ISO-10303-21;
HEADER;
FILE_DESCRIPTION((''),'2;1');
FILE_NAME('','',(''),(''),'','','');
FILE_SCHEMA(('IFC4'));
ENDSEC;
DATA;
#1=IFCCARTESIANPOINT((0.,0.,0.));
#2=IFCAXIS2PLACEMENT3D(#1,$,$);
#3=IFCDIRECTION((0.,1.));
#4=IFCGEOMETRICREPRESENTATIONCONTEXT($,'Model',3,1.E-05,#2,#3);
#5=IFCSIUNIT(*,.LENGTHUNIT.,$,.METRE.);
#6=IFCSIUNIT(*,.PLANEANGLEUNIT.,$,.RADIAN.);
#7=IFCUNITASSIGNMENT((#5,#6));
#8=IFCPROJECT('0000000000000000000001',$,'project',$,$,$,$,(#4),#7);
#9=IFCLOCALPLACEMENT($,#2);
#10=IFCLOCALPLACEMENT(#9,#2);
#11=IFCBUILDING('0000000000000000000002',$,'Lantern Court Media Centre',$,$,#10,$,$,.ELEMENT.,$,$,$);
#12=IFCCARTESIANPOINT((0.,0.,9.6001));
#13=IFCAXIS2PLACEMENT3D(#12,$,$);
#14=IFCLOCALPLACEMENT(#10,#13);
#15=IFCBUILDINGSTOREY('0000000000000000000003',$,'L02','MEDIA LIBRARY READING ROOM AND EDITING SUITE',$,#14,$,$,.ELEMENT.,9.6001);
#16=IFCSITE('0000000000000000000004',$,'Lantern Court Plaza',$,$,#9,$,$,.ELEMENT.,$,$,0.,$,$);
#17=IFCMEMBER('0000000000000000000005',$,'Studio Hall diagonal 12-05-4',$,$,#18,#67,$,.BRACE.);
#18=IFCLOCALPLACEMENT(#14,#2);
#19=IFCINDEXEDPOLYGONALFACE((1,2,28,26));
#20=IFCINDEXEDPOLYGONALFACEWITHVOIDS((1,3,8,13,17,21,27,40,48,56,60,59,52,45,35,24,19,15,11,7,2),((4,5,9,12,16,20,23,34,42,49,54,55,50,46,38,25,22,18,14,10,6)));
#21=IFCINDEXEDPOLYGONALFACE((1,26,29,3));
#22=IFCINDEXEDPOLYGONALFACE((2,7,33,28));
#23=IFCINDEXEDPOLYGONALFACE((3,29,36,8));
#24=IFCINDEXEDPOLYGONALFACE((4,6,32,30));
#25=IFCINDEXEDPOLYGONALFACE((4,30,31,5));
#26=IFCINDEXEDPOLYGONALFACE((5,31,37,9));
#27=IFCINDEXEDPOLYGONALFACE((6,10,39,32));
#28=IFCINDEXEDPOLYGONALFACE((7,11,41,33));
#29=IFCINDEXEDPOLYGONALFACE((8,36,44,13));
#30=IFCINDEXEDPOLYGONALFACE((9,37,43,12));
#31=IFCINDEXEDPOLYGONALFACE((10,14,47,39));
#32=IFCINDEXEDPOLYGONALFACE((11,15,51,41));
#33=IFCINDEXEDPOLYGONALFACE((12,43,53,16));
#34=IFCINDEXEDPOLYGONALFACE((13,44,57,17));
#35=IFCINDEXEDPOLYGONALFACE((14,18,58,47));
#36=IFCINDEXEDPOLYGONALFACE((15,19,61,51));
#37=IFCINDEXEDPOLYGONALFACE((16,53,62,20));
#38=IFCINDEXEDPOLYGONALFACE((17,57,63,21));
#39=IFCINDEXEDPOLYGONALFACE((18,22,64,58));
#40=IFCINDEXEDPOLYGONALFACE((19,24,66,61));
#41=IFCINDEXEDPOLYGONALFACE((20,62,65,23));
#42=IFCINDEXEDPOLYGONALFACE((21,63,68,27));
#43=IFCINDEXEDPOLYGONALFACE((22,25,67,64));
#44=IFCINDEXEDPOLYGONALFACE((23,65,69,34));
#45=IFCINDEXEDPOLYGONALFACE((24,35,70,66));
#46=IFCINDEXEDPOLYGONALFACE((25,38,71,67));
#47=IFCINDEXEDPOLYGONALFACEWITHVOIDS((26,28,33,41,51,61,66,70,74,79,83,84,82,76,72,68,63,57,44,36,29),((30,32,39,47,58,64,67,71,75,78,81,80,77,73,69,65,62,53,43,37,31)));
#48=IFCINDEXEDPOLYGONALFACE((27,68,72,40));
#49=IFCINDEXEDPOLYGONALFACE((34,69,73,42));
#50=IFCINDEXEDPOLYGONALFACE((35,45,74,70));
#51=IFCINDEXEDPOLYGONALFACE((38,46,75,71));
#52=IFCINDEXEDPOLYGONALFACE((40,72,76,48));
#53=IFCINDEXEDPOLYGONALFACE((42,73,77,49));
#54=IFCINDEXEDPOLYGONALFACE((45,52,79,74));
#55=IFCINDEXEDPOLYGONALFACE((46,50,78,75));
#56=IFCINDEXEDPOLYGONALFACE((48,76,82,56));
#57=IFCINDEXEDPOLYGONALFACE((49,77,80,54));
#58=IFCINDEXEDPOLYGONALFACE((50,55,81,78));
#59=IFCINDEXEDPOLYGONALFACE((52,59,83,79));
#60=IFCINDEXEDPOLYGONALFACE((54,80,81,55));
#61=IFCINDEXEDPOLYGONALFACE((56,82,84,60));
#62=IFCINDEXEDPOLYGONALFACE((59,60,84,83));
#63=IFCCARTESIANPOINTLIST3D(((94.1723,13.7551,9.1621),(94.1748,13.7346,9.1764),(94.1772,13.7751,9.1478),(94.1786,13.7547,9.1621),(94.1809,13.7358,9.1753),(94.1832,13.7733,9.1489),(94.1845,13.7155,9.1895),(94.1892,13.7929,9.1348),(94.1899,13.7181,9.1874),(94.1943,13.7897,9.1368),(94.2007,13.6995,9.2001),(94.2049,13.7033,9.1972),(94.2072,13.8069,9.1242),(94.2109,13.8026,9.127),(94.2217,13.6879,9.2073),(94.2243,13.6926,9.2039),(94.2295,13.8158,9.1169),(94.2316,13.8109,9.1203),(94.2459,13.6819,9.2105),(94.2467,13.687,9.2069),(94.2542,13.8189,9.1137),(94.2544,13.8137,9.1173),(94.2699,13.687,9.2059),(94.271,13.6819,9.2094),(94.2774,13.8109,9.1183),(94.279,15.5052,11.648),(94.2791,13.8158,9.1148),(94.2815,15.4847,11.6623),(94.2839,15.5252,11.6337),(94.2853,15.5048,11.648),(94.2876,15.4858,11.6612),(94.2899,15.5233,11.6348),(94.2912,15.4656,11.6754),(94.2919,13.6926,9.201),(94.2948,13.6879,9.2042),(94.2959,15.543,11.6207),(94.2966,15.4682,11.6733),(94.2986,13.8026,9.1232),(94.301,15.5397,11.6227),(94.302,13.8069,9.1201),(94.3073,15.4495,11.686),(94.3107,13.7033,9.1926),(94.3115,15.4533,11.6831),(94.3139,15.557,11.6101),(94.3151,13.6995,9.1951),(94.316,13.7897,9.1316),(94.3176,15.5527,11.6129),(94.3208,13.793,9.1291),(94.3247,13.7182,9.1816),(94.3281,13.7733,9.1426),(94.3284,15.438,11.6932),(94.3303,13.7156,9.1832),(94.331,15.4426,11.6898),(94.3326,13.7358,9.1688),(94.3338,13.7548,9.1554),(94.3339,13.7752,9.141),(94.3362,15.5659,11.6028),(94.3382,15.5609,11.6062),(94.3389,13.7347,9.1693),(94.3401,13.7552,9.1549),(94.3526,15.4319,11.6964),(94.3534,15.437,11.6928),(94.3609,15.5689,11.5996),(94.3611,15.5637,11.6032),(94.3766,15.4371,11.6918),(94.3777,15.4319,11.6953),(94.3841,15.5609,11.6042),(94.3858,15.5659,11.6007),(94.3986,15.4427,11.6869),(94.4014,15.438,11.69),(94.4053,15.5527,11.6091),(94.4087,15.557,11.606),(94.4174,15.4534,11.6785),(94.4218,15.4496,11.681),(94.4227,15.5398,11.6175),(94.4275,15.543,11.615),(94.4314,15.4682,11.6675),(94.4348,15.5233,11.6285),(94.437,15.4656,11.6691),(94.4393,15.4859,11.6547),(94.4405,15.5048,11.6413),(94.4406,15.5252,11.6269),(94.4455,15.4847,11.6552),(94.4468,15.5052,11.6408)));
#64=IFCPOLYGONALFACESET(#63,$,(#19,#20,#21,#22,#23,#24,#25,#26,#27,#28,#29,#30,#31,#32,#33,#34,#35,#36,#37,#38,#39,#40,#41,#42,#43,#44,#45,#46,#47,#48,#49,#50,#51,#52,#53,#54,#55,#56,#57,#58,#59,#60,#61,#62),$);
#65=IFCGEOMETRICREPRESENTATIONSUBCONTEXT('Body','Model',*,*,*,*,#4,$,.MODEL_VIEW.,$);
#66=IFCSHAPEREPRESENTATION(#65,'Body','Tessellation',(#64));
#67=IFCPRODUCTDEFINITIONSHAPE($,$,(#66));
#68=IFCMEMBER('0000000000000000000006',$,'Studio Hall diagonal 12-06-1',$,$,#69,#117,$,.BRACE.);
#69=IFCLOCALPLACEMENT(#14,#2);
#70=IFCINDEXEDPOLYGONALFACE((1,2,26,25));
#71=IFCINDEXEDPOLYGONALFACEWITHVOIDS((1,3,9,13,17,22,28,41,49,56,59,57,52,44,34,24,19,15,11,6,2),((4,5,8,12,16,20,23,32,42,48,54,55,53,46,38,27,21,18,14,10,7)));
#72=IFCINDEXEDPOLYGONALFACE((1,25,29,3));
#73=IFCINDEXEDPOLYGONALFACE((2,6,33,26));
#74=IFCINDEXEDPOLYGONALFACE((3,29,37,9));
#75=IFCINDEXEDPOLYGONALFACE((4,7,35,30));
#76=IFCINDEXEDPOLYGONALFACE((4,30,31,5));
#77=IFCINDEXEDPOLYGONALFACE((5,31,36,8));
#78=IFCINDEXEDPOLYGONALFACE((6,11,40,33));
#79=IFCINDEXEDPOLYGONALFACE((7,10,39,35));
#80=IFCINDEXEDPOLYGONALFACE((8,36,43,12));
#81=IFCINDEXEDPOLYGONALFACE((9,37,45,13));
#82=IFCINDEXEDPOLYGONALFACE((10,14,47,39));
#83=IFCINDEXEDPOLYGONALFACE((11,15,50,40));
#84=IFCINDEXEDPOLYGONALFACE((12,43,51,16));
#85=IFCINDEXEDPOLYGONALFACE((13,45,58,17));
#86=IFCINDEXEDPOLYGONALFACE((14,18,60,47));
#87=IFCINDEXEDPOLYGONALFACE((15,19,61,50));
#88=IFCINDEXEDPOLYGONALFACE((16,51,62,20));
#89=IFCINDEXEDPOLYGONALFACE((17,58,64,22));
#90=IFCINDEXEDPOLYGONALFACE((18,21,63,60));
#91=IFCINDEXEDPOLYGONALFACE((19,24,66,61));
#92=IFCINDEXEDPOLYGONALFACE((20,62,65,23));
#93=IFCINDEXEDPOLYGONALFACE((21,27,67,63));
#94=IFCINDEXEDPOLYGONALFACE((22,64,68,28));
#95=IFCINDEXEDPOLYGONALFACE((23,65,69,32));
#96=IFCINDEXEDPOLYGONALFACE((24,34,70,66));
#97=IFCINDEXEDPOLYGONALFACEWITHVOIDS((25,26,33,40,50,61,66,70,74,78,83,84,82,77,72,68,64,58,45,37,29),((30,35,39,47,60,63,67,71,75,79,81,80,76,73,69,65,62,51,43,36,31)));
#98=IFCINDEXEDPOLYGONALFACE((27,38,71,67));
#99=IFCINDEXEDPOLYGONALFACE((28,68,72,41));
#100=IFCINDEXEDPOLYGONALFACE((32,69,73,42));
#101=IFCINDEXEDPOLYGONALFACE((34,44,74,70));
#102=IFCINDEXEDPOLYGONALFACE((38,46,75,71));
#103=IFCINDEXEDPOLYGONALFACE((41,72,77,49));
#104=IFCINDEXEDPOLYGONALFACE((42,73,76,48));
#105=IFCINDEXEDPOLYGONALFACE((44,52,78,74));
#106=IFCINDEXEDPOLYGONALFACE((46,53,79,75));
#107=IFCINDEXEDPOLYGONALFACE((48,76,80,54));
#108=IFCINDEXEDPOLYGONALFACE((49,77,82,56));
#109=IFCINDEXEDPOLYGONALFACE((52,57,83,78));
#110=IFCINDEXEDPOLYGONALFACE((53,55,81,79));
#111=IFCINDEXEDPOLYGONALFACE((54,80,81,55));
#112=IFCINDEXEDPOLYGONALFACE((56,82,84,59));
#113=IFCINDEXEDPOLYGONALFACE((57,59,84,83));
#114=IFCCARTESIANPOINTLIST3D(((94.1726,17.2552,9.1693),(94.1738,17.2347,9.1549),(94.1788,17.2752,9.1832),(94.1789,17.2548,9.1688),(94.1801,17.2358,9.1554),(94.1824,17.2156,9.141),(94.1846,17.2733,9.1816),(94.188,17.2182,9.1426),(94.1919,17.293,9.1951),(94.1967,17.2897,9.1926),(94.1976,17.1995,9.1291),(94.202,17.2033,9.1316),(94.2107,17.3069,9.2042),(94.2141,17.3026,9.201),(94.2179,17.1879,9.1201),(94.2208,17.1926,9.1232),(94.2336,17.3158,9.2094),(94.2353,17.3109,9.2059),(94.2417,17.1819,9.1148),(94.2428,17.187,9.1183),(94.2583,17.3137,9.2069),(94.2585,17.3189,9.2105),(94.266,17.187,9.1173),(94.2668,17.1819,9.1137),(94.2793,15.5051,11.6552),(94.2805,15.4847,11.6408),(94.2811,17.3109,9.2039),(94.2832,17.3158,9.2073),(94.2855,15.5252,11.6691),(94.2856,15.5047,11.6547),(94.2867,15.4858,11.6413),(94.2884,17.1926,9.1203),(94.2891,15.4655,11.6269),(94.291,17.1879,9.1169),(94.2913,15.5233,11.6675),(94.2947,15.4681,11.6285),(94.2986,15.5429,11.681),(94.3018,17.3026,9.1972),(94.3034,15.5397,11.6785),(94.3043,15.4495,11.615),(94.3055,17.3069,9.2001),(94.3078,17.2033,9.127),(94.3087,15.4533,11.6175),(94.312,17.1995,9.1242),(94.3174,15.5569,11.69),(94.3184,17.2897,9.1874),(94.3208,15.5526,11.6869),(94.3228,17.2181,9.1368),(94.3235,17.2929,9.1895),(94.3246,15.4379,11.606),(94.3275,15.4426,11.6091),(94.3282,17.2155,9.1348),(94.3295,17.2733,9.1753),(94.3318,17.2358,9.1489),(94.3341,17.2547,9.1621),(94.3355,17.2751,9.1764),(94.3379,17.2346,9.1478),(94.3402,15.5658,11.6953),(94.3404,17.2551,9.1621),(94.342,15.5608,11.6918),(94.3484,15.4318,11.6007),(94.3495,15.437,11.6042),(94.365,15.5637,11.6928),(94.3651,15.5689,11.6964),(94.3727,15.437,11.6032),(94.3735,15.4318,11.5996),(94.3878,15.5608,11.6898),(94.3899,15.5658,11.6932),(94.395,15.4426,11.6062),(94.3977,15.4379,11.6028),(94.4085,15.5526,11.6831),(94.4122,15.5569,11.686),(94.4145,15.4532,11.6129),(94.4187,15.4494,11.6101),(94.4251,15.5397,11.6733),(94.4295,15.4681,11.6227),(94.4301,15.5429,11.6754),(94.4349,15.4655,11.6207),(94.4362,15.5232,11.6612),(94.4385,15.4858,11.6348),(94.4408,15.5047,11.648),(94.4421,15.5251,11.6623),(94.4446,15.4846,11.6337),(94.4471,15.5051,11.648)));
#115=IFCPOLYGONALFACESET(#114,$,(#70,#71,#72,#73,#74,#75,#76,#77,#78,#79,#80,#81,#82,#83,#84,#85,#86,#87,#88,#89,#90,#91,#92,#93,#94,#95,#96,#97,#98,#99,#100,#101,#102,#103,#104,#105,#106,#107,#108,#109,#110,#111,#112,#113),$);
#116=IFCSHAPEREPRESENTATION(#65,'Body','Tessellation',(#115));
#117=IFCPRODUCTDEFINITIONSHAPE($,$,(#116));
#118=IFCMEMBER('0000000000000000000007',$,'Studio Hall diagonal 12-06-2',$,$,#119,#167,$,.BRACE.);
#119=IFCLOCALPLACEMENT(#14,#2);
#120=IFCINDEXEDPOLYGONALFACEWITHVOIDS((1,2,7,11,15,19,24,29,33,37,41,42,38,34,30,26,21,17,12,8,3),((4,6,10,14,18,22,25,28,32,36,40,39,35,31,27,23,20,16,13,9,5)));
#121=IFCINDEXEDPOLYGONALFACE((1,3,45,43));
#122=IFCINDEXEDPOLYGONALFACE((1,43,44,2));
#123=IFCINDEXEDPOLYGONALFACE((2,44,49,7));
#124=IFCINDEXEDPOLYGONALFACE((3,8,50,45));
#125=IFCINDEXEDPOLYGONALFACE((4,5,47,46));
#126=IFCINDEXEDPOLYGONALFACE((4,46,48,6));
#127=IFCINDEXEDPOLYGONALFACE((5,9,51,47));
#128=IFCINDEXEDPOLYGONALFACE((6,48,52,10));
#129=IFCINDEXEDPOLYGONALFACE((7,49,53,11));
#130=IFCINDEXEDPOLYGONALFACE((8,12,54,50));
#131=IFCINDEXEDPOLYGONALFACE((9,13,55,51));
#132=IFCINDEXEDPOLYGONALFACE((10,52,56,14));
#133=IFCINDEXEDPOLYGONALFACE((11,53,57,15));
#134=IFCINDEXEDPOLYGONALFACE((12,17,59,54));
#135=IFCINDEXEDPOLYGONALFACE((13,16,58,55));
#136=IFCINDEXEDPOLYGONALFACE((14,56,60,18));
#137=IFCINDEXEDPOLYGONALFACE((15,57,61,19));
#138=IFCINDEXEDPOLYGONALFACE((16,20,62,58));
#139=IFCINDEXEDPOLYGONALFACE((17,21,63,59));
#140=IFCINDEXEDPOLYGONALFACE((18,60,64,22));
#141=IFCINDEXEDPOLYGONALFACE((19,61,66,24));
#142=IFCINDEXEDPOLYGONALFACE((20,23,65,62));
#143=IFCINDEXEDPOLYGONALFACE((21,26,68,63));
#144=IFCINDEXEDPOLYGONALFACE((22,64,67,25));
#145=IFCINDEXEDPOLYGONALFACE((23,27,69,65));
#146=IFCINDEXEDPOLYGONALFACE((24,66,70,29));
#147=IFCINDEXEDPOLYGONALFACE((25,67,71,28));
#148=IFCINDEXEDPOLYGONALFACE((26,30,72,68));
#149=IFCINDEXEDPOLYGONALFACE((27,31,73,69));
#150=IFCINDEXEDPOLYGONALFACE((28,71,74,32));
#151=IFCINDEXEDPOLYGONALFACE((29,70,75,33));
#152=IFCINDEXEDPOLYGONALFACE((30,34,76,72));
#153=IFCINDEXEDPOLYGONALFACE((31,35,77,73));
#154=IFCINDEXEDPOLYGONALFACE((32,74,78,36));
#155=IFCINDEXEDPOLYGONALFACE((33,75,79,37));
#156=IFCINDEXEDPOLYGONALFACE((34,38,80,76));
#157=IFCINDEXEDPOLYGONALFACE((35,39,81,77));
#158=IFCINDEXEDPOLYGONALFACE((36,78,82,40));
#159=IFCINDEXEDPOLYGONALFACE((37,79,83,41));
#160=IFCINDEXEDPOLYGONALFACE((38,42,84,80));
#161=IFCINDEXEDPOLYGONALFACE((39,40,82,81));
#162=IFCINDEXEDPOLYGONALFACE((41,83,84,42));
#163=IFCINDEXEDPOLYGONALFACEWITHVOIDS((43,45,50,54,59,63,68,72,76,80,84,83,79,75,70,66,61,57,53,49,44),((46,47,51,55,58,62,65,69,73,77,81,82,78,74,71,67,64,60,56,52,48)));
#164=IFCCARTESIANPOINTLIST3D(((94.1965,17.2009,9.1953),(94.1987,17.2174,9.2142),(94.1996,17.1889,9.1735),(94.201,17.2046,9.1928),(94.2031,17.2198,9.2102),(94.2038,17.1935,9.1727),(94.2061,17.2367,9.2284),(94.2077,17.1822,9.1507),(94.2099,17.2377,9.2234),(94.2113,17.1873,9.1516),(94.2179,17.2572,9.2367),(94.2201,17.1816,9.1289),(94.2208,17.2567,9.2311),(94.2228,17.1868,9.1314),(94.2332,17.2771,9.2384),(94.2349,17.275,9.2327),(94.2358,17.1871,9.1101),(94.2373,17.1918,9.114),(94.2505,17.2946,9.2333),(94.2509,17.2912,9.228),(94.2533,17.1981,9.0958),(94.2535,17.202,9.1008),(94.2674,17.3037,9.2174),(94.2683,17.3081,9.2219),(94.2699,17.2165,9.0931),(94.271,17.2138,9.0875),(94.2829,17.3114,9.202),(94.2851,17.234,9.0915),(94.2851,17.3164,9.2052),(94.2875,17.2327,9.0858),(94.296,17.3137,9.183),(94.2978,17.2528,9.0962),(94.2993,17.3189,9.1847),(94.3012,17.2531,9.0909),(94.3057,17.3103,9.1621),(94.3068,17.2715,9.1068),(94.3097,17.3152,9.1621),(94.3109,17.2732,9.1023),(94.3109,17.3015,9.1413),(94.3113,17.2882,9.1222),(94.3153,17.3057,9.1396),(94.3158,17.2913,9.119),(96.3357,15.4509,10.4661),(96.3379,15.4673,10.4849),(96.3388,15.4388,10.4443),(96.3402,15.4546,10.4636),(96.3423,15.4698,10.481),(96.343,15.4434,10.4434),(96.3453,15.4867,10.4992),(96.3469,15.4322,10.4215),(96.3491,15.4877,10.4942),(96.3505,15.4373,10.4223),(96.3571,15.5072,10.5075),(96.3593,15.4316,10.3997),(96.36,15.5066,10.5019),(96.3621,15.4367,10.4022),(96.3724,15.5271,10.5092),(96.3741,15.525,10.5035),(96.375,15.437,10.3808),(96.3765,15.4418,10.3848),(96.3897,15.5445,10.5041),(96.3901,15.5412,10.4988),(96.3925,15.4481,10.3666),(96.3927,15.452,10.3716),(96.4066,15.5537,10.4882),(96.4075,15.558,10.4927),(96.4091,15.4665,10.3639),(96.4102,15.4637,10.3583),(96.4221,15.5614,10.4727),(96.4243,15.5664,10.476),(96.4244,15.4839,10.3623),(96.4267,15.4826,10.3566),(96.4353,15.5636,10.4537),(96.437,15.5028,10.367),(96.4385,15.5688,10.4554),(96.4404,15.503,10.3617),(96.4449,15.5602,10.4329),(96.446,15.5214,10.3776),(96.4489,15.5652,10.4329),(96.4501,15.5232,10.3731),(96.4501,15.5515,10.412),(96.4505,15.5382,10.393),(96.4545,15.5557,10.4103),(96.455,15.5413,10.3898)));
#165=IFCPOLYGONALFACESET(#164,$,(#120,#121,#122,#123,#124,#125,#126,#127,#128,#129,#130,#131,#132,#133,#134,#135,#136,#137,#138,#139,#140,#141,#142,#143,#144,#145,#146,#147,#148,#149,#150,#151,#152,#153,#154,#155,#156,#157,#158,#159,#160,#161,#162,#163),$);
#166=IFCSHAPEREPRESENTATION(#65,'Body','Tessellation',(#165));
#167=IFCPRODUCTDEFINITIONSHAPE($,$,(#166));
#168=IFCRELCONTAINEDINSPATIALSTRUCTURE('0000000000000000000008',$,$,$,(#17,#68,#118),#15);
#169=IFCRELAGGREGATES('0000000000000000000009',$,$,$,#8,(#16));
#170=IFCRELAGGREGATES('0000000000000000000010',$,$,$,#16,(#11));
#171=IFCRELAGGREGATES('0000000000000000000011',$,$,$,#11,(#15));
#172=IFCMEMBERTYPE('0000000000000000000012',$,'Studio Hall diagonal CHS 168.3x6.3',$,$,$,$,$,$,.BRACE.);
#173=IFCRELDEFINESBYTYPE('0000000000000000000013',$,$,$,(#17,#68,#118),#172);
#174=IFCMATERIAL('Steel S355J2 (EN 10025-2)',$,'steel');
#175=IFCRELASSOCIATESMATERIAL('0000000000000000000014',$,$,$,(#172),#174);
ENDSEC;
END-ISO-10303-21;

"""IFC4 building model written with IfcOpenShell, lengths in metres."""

from ifc_helpers import new_model, si_unit, direction, frame, origin, origin_2d, place, context, subcontext, project, spatial, hollow_circle, extrude, material, material_profile, profile_set, type_object, element, save


model = new_model("IFC4")

# Units and contexts
model_context = context("Model", 3, precision=1e-05, world=origin(), true_north=direction((0.0, 1.0)))
body_context = subcontext(model_context, "Body", "Model", "MODEL_VIEW")
ifc_project = project(units=[si_unit("LENGTHUNIT", "METRE"), si_unit("PLANEANGLEUNIT", "RADIAN")], contexts=[model_context])

# Site, building, storey
site_placement = place(None, origin())
site = spatial("IfcSite", under=ifc_project, at=site_placement, Name="Lantern Court Plaza", CompositionType="ELEMENT", RefElevation=0.0)
building_placement = place(site_placement, origin())
building = spatial("IfcBuilding", under=site, at=building_placement, Name="Lantern Court Media Centre", CompositionType="ELEMENT")
storey_placement = place(building_placement, frame((0.0, 0.0, 9.6001)))
storey = spatial("IfcBuildingStorey", under=building, at=storey_placement, Name="L02", Description="MEDIA LIBRARY READING ROOM AND EDITING SUITE", CompositionType="ELEMENT", Elevation=9.6001)

# Members
ifc_material_1 = material(Name="Steel S355J2 (EN 10025-2)", Category="steel")
ifc_material_profile_1 = material_profile(ifc_material_1, hollow_circle(Radius=0.0842, WallThickness=0.0063, at=origin_2d()), Name="Studio Hall diagonal CHS 168.3x6.3")
ifc_profile_set_1 = profile_set([ifc_material_profile_1], Name="Steel S355J2 (EN 10025-2)")
member_type_1 = type_object("IfcMemberType", Name="Studio Hall diagonal CHS 168.3x6.3", PredefinedType="BRACE", material=ifc_profile_set_1)
for number, where, z_axis, x_axis, name in (
    (1, (94.2563, 13.75, 9.1621), (0.035073, 0.575294, 0.817194), (-0.998147, 0.060852, 0.0), "Studio Hall diagonal 12-05-4"),
    (2, (94.2563, 17.25, 9.1621), (0.035073, -0.575294, 0.817194), (0.998147, 0.060852, 0.0), "Studio Hall diagonal 12-06-1"),
    (3, (94.2563, 17.25, 9.1621), (0.703225, -0.575293, 0.417746), (0.63319, 0.773997, 0.0), "Studio Hall diagonal 12-06-2"),
):
    element("IfcMember", number, at=place(storey_placement, frame(where, z_axis=z_axis, x_axis=x_axis)), inside=storey, type_object=member_type_1, Name=name, PredefinedType="BRACE", context=body_context, shape_type="SweptSolid", body=[
        extrude(hollow_circle(Radius=0.0842, WallThickness=0.0063, at=origin_2d()), origin(), (0.0, 0.0, 1.0), 3.042),
    ])

save(model, "model.ifc")
